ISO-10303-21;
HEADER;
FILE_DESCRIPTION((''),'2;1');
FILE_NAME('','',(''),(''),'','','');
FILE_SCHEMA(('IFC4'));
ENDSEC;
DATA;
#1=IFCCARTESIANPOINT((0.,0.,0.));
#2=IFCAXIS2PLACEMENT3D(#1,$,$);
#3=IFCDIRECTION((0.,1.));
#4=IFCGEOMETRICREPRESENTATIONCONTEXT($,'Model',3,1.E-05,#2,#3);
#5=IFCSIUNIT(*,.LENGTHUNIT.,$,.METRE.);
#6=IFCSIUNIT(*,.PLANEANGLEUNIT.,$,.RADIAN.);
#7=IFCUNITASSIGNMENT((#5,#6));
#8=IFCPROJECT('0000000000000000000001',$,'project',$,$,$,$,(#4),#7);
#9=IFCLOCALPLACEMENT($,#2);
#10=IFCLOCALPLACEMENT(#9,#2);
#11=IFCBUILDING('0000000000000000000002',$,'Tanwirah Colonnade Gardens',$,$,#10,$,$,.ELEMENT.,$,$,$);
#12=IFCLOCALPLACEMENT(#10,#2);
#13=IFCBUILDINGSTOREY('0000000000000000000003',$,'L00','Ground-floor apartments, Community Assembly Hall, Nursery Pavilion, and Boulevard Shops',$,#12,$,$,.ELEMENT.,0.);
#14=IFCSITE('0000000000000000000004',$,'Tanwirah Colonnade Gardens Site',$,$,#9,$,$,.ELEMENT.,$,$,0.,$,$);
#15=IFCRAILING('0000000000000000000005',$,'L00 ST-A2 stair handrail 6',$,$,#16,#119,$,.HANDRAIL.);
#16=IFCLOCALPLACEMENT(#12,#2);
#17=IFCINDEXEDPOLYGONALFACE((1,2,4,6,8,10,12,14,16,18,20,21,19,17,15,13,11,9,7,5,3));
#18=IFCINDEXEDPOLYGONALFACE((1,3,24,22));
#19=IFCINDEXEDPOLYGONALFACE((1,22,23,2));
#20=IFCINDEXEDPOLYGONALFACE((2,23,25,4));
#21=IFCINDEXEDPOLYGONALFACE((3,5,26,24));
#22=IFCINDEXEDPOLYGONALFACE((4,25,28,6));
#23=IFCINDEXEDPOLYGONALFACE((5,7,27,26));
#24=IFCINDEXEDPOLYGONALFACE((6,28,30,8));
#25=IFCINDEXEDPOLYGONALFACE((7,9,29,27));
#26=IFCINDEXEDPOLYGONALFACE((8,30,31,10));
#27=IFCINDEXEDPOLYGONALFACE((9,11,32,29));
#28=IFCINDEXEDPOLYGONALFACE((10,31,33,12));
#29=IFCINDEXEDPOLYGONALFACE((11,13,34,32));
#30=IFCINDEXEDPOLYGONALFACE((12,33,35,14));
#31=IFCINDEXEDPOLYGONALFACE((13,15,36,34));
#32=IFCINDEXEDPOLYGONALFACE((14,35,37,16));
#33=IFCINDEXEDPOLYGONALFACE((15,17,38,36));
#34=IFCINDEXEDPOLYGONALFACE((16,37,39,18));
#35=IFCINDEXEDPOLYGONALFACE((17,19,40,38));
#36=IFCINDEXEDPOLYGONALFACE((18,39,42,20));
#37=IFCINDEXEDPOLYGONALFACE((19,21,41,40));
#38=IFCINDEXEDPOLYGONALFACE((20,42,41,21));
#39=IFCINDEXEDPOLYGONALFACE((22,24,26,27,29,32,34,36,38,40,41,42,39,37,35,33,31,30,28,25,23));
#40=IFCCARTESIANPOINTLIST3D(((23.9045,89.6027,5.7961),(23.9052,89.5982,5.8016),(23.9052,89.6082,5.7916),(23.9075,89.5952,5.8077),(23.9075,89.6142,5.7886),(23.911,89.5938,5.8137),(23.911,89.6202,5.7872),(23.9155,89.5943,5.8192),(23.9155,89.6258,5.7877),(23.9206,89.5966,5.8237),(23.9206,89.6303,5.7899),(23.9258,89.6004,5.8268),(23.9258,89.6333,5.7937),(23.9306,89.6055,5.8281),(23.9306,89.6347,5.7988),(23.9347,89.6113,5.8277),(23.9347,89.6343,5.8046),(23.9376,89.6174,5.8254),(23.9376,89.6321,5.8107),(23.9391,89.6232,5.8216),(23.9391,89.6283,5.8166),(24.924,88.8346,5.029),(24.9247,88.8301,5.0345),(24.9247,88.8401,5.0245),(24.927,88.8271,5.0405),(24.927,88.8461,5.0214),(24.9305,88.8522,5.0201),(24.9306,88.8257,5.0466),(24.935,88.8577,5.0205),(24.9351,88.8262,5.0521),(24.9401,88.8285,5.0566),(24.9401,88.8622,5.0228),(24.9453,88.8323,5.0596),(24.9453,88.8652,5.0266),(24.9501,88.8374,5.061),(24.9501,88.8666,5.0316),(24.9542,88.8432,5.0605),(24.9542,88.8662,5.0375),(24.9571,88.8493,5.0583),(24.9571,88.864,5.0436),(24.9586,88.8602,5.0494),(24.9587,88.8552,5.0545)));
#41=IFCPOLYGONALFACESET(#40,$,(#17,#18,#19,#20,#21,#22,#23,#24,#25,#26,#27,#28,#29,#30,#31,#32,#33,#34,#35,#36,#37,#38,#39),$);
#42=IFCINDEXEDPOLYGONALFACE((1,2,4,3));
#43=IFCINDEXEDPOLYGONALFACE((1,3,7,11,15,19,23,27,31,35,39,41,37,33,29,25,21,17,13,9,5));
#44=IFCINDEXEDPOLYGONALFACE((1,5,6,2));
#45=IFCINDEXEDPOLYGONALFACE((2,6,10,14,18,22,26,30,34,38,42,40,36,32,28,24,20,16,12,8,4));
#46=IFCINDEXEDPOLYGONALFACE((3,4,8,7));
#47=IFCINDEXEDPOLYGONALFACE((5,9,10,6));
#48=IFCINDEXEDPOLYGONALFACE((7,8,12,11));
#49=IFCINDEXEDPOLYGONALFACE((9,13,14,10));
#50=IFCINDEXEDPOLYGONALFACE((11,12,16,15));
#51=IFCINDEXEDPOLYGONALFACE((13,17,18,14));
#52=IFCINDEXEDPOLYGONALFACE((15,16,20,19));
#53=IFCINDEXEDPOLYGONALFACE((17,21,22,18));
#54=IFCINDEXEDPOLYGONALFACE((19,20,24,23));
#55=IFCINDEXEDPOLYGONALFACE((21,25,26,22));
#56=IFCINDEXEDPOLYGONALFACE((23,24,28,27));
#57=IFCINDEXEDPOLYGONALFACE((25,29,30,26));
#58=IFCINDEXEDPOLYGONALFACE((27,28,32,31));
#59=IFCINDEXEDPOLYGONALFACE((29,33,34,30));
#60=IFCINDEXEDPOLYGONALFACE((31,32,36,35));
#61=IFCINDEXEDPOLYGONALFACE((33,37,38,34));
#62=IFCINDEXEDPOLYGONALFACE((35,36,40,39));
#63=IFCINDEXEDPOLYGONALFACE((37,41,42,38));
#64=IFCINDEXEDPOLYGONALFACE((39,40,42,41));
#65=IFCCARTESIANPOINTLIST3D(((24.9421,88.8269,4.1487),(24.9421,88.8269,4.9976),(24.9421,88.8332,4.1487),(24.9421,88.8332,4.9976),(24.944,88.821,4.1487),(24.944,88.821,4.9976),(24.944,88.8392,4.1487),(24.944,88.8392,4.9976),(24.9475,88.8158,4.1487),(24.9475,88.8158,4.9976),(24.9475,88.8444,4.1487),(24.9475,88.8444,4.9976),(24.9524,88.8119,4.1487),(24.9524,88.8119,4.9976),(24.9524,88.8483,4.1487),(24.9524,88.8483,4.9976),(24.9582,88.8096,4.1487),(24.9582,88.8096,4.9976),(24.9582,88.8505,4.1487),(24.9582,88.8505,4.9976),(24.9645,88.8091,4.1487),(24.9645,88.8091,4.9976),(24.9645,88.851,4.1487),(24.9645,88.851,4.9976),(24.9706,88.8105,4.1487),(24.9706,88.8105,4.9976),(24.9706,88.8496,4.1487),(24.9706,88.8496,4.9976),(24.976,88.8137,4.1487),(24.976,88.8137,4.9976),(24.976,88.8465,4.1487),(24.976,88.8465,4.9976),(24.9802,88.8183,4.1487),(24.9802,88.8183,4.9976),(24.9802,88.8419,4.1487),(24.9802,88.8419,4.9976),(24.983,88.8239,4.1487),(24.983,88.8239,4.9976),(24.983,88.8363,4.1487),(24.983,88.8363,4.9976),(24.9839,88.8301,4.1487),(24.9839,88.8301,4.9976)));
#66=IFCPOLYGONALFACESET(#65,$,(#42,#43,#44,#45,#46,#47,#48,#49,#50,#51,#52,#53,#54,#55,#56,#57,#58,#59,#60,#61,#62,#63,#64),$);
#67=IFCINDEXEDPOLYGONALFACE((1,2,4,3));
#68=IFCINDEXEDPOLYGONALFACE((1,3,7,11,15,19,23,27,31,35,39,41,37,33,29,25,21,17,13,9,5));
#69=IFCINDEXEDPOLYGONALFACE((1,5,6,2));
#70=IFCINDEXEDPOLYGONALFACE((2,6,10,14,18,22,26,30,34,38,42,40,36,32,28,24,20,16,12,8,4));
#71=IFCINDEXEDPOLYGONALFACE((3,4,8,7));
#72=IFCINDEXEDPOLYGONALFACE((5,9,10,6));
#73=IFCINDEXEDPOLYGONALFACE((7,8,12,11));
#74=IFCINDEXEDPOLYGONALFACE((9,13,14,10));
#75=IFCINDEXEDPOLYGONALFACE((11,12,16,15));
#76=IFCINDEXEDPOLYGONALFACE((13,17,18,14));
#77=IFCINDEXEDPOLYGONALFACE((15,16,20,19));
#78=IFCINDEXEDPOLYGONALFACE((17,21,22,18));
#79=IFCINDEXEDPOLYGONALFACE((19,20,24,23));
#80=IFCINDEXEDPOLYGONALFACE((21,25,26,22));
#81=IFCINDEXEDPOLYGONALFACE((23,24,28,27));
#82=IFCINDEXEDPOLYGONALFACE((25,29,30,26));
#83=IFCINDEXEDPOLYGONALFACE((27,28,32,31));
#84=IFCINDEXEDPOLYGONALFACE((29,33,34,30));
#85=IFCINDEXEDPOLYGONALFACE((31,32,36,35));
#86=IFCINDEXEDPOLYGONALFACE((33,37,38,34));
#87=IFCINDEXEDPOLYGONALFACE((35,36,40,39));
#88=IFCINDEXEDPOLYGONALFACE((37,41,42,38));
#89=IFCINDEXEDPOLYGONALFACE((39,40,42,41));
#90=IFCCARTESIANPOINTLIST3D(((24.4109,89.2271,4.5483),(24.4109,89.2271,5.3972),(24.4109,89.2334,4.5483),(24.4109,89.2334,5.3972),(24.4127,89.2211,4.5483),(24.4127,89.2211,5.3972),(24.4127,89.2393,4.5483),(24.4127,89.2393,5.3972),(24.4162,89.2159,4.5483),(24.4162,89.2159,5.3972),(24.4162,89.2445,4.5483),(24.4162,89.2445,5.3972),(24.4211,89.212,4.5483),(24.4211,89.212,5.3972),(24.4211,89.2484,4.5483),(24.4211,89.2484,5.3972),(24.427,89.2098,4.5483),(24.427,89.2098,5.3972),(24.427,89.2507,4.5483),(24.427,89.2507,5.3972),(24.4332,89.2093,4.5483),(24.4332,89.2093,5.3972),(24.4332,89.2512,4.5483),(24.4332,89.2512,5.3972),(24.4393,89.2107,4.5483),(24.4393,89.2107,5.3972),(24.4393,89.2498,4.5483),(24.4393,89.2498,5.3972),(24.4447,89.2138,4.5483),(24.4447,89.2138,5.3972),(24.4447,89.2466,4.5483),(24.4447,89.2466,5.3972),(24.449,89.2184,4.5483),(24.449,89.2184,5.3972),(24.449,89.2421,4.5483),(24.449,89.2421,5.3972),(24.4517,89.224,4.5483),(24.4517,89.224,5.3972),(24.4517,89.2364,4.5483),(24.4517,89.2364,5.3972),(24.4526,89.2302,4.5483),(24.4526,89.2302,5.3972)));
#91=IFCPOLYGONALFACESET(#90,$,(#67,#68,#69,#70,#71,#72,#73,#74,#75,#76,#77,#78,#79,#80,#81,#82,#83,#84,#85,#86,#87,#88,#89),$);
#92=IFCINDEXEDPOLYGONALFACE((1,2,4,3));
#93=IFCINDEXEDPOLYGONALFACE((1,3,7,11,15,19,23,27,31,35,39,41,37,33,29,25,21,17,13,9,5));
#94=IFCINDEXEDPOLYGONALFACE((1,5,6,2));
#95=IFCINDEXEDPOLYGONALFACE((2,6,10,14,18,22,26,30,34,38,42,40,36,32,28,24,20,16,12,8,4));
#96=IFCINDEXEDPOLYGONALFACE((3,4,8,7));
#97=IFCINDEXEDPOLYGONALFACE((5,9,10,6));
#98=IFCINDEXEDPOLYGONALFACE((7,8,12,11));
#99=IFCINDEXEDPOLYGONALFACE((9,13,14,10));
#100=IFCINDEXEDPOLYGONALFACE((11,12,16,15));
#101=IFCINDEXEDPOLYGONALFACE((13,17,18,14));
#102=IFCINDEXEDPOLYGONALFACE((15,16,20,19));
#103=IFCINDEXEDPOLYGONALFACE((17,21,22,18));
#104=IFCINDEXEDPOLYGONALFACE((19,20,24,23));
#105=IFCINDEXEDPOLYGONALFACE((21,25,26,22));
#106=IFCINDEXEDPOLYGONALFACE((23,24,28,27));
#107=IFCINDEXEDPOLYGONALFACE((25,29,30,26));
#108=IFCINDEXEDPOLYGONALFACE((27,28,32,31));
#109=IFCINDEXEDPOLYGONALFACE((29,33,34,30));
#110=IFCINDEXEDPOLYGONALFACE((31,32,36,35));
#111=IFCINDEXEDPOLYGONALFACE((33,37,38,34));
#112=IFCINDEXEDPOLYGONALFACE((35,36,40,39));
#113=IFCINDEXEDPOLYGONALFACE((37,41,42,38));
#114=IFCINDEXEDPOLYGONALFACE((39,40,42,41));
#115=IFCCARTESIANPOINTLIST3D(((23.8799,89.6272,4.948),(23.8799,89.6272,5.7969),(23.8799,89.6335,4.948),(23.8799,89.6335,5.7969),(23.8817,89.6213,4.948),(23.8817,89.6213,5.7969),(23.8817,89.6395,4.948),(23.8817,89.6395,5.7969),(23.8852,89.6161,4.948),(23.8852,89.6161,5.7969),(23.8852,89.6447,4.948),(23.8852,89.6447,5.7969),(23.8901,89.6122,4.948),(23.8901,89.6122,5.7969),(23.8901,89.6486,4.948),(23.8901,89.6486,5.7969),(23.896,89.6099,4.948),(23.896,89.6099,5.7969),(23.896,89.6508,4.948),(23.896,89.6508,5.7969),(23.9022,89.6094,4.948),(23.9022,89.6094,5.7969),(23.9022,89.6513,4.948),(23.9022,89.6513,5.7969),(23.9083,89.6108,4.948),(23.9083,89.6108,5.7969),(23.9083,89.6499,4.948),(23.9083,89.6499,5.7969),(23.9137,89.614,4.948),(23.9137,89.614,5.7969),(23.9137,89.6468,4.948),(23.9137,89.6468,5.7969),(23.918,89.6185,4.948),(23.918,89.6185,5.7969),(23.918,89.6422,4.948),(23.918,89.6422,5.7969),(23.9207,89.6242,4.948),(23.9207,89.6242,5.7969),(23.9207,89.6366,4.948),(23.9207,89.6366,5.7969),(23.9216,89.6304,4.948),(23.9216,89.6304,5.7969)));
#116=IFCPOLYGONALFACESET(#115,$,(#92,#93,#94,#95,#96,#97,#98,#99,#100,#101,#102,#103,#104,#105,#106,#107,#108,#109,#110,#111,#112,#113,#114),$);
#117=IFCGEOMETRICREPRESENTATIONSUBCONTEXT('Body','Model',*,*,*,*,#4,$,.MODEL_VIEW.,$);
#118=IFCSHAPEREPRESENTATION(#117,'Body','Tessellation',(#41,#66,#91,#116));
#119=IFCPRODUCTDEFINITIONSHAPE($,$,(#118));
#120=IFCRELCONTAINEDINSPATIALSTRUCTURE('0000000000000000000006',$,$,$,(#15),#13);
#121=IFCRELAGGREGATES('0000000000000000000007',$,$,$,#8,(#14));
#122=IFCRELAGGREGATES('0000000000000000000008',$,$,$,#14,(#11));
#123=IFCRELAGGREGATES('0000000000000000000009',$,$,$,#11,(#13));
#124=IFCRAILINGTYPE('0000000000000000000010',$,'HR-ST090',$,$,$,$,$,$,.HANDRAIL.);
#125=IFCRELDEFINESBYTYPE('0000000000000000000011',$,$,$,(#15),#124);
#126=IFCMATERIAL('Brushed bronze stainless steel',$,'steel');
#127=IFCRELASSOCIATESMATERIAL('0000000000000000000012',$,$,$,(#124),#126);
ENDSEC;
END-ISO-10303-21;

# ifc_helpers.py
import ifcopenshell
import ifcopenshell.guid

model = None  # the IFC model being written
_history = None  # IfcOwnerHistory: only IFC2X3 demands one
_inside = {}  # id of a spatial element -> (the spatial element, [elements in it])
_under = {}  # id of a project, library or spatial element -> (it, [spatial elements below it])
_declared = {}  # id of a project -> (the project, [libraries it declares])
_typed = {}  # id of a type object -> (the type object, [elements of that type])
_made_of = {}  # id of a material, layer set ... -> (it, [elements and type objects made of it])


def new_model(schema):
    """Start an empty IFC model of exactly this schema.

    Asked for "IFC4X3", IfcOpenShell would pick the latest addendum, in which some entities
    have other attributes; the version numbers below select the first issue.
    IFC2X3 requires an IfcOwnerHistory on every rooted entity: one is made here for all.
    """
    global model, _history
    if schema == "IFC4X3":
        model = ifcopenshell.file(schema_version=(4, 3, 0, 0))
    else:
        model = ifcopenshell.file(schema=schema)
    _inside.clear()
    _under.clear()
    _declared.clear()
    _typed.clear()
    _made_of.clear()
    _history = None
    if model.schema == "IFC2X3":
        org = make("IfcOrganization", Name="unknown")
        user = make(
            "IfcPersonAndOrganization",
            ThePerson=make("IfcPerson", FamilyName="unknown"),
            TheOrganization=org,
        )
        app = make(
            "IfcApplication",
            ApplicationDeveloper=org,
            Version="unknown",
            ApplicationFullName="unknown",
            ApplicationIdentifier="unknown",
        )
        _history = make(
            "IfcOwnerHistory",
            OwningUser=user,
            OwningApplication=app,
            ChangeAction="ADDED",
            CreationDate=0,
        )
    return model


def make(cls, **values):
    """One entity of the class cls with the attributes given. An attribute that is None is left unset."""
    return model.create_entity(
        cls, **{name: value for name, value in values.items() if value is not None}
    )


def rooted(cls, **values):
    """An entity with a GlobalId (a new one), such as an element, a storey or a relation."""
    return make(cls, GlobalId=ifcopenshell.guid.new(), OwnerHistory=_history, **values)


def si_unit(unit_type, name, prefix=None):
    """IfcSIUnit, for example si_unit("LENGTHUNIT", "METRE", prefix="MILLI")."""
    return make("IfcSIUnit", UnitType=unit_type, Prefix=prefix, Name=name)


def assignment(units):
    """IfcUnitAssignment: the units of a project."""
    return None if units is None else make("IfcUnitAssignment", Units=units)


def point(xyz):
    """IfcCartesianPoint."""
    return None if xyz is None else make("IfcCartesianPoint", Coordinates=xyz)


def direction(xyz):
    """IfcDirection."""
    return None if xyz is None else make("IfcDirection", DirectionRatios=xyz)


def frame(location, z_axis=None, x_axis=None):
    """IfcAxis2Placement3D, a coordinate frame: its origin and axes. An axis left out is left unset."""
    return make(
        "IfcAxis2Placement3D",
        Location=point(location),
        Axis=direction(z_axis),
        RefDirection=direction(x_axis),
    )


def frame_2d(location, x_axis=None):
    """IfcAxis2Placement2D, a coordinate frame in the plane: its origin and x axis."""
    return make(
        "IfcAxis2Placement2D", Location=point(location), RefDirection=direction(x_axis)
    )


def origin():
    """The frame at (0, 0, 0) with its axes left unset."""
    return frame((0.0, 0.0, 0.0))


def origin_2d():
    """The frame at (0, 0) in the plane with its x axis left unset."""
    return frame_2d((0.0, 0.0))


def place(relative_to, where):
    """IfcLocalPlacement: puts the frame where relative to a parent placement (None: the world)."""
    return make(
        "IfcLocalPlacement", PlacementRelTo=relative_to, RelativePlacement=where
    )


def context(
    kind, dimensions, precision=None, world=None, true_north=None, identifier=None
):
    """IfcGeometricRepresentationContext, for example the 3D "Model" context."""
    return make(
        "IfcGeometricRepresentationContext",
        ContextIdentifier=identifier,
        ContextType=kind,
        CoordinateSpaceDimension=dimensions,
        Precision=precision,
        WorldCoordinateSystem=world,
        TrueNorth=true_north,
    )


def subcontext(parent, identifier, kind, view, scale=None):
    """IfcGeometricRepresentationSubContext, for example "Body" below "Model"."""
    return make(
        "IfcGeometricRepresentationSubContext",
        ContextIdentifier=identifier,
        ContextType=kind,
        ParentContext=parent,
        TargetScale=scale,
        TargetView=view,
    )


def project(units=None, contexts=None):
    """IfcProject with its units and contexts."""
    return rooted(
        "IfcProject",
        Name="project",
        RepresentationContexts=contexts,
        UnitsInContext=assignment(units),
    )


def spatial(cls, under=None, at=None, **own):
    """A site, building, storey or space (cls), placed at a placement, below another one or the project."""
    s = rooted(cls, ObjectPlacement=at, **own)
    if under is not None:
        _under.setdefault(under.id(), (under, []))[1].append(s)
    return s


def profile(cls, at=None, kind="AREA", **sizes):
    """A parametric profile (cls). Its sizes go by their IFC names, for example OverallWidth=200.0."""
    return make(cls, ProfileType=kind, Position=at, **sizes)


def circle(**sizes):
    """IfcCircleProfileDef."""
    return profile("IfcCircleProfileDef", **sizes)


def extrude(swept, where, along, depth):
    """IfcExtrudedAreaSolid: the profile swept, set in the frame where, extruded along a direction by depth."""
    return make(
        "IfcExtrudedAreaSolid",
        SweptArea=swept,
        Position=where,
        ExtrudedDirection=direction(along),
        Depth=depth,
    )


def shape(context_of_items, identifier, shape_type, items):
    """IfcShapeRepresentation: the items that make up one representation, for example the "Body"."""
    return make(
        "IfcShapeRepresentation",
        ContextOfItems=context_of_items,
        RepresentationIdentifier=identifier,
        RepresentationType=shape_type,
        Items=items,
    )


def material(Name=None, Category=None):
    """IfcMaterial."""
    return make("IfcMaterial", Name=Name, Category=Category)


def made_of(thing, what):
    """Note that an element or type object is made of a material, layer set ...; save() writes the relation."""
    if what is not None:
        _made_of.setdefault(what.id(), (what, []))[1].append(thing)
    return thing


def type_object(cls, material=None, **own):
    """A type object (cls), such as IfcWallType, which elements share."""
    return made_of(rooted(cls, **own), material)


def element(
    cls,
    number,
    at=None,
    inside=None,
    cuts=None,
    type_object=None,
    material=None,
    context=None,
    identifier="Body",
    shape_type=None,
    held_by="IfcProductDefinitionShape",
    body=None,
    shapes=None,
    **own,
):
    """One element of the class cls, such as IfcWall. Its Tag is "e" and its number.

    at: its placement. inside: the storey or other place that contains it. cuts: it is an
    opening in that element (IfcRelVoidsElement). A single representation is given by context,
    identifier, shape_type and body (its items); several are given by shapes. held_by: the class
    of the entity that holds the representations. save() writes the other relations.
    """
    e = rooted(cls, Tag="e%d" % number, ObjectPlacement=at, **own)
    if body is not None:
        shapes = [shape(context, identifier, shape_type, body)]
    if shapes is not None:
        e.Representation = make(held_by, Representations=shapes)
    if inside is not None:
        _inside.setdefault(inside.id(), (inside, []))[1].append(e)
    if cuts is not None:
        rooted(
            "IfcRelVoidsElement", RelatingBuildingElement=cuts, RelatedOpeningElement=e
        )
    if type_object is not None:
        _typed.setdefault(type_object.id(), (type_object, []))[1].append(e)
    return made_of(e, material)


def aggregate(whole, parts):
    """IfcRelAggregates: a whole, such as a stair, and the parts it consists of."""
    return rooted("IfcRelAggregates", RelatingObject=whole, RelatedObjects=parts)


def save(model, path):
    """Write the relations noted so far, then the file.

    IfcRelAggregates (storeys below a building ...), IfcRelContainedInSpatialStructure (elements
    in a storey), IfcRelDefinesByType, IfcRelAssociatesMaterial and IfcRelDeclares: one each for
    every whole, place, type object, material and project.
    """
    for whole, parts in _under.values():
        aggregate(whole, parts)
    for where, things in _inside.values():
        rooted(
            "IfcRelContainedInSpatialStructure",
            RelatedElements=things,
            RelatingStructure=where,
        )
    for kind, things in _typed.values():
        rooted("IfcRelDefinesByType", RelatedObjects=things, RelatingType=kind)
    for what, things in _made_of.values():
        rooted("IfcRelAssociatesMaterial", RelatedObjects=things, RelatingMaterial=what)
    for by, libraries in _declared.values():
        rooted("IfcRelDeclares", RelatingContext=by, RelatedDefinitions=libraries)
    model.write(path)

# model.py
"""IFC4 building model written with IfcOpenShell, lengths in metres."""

from ifc_helpers import new_model, si_unit, direction, frame, origin, origin_2d, place, context, subcontext, project, spatial, circle, extrude, material, type_object, element, save


model = new_model("IFC4")

# Units and contexts
model_context = context("Model", 3, precision=1e-05, world=origin(), true_north=direction((0.0, 1.0)))
body_context = subcontext(model_context, "Body", "Model", "MODEL_VIEW")
ifc_project = project(units=[si_unit("LENGTHUNIT", "METRE"), si_unit("PLANEANGLEUNIT", "RADIAN")], contexts=[model_context])

# Site, building, storey
site_placement = place(None, origin())
site = spatial("IfcSite", under=ifc_project, at=site_placement, Name="Tanwirah Colonnade Gardens Site", CompositionType="ELEMENT", RefElevation=0.0)
building_placement = place(site_placement, origin())
building = spatial("IfcBuilding", under=site, at=building_placement, Name="Tanwirah Colonnade Gardens", CompositionType="ELEMENT")
storey_placement = place(building_placement, origin())
storey = spatial("IfcBuildingStorey", under=building, at=storey_placement, Name="L00", Description="Ground-floor apartments, Community Assembly Hall, Nursery Pavilion, and Boulevard Shops", CompositionType="ELEMENT", Elevation=0.0)

# Railing
ifc_material_1 = material(Name="Brushed bronze stainless steel", Category="steel")
railing_type_1 = type_object("IfcRailingType", Name="HR-ST090", PredefinedType="HANDRAIL", material=ifc_material_1)
railing_1_placement = place(storey_placement, frame((24.9629, 88.8301, 4.1487)))
element("IfcRailing", 1, at=railing_1_placement, inside=storey, type_object=railing_type_1, Name="L00 ST-A2 stair handrail 6", PredefinedType="HANDRAIL", context=body_context, shape_type="SweptSolid", body=[
    extrude(circle(Radius=0.0239, at=origin_2d()), frame((-0.0215, 0.0161, 0.8918), z_axis=(-0.684577, 0.515753, 0.515124), x_axis=(-0.601731, -0.798698, 0.0)), (0.0, 0.0, 1.0), 1.4893),
    extrude(circle(Radius=0.021, at=origin_2d()), origin(), (0.0, 0.0, 1.0), 0.8489),
    extrude(circle(Radius=0.021, at=origin_2d()), frame((-0.5312, 0.4001, 0.3997)), (0.0, 0.0, 1.0), 0.8489),
    extrude(circle(Radius=0.021, at=origin_2d()), frame((-1.0623, 0.8003, 0.7993)), (0.0, 0.0, 1.0), 0.8489),
])

save(model, "model.ifc")
